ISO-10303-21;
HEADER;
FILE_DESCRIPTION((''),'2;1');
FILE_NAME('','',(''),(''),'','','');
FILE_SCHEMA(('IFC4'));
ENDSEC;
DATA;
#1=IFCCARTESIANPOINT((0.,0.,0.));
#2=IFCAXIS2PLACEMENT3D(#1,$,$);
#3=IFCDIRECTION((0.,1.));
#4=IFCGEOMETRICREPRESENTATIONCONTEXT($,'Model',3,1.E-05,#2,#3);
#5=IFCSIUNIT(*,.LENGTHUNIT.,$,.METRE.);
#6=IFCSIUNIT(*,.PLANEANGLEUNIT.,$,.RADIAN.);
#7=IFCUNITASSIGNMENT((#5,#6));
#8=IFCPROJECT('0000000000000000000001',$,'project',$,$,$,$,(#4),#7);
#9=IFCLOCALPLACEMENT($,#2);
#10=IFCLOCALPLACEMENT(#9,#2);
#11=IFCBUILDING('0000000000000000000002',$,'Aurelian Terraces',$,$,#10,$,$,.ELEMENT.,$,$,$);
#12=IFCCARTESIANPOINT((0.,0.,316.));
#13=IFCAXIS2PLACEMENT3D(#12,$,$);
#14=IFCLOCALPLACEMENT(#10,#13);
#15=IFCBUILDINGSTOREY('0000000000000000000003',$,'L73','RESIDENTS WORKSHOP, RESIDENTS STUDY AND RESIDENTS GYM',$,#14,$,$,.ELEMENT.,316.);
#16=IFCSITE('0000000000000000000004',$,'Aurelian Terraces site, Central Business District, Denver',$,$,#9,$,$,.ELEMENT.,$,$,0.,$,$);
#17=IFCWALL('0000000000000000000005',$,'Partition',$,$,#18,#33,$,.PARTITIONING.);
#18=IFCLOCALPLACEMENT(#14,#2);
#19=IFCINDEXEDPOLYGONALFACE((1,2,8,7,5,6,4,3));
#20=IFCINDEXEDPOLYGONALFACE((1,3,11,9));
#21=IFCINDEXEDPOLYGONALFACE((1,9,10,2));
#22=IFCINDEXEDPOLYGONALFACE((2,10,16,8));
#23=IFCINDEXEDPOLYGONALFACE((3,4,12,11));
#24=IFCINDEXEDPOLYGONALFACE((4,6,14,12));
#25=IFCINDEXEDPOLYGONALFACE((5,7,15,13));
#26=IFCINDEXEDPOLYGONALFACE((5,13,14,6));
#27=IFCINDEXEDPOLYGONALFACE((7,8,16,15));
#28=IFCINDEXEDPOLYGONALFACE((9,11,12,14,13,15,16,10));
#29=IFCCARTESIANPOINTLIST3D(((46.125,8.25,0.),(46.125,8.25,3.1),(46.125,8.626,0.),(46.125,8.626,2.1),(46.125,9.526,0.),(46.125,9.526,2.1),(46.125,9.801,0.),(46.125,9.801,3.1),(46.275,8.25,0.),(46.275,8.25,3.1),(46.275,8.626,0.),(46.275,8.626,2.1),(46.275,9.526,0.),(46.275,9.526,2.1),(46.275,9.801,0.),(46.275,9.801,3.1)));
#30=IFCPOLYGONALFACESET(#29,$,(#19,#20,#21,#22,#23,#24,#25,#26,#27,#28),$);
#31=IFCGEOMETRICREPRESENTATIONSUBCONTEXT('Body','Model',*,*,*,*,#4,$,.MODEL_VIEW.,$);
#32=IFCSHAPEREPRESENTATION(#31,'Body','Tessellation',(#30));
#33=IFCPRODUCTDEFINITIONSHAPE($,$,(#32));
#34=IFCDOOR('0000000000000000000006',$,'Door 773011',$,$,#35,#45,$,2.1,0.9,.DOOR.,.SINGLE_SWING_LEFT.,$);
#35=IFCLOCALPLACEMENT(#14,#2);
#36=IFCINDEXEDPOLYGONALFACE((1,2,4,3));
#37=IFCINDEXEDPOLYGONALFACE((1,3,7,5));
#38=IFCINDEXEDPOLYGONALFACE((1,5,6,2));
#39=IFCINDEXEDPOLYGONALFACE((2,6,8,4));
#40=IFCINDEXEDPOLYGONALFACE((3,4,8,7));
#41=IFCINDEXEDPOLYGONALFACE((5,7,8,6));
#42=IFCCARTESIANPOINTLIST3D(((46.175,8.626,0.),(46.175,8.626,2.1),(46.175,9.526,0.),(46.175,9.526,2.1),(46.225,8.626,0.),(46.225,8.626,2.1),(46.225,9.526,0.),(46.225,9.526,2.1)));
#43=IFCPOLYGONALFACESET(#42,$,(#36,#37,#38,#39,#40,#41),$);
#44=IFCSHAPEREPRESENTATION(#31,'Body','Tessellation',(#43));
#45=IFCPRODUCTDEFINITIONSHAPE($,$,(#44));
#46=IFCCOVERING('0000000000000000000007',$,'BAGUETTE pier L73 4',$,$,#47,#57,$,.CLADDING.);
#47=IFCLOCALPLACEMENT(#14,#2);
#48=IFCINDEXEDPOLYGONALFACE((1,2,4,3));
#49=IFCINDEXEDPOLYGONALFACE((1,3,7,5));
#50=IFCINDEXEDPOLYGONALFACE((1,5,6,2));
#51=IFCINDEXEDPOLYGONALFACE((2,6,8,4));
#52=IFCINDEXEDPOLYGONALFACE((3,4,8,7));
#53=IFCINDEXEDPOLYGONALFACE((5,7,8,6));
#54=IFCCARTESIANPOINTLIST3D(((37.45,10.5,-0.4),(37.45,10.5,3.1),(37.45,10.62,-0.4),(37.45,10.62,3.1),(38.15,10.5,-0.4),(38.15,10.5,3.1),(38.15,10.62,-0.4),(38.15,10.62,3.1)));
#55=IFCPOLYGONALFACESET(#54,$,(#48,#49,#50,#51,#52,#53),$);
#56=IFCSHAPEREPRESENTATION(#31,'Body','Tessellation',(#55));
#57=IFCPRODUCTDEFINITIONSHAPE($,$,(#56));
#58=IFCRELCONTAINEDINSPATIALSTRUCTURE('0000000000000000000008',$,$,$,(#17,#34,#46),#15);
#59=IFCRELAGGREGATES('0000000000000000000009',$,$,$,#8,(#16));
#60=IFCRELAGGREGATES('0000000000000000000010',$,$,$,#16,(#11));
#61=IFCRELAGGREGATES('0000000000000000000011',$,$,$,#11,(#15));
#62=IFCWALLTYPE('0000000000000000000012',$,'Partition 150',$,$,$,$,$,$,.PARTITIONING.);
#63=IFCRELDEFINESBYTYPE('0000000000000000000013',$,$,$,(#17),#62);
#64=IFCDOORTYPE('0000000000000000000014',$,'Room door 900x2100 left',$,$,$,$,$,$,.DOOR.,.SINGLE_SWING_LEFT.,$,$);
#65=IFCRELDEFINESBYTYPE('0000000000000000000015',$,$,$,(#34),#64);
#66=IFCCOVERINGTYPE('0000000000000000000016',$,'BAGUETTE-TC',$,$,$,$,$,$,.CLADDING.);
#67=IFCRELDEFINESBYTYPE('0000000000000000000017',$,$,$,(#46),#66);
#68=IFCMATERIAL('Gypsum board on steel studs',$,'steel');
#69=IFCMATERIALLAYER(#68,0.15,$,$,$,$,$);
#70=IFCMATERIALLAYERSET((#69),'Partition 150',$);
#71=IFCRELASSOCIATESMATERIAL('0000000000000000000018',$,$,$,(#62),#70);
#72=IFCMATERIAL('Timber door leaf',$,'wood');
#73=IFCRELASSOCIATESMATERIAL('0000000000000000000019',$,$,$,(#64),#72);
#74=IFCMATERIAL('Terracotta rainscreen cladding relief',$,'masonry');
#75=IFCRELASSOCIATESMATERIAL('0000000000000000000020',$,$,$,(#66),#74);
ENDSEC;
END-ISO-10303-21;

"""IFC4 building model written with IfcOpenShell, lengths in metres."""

from ifc_helpers import new_model, si_unit, direction, frame, frame_2d, origin, origin_2d, place, context, subcontext, project, spatial, rectangle, extrude, source, transform, mapped, material, layer, layer_set, type_object, element, fill, save


model = new_model("IFC4")

# Units and contexts
model_context = context("Model", 3, precision=1e-05, world=origin(), true_north=direction((0.0, 1.0)))
body_context = subcontext(model_context, "Body", "Model", "MODEL_VIEW")
ifc_project = project(units=[si_unit("LENGTHUNIT", "METRE"), si_unit("PLANEANGLEUNIT", "RADIAN")], contexts=[model_context])

# Site, building, storey
site_placement = place(None, origin())
site = spatial("IfcSite", under=ifc_project, at=site_placement, Name="Aurelian Terraces site, Central Business District, Denver", CompositionType="ELEMENT", RefElevation=0.0)
building_placement = place(site_placement, origin())
building = spatial("IfcBuilding", under=site, at=building_placement, Name="Aurelian Terraces", CompositionType="ELEMENT")
storey_placement = place(building_placement, frame((0.0, 0.0, 316.0)))
storey = spatial("IfcBuildingStorey", under=building, at=storey_placement, Name="L73", Description="RESIDENTS WORKSHOP, RESIDENTS STUDY AND RESIDENTS GYM", CompositionType="ELEMENT", Elevation=316.0)

# Shared definitions
ifc_material_1 = material(Name="Gypsum board on steel studs", Category="steel")
shared_shape_1 = source(origin(), body_context, "Body", "SweptSolid", [
    extrude(rectangle(XDim=0.9, YDim=2.1, at=frame_2d((0.45, 1.05))), frame((0.0, 0.025, 0.0), z_axis=(0.0, -1.0, 0.0), x_axis=(1.0, 0.0, 0.0)), (0.0, 0.0, 1.0), 0.05),
])
shared_shape_2 = source(origin(), body_context, "Body", "SweptSolid", [
    extrude(rectangle(XDim=0.9, YDim=2.1, at=frame_2d((0.45, 1.05))), frame((0.0, 0.085, 0.0), z_axis=(0.0, -1.0, 0.0), x_axis=(1.0, 0.0, 0.0)), (0.0, 0.0, 1.0), 0.17),
])

# Wall, opening, door
ifc_layer_1 = layer(ifc_material_1, 0.15)
ifc_layer_set_1 = layer_set([ifc_layer_1], Name="Partition 150")
wall_type_1 = type_object("IfcWallType", Name="Partition 150", PredefinedType="PARTITIONING", material=ifc_layer_set_1)
ifc_material_2 = material(Name="Timber door leaf", Category="wood")
door_type_1 = type_object("IfcDoorType", Name="Room door 900x2100 left", OperationType="SINGLE_SWING_LEFT", PredefinedType="DOOR", material=ifc_material_2)
shared_shape_3 = source(origin(), body_context, "Body", "SweptSolid", [
    extrude(rectangle(XDim=1.551, YDim=0.15, at=frame_2d((0.7755, 0.0))), origin(), (0.0, 0.0, 1.0), 3.1),
])
wall_1_placement = place(storey_placement, frame((46.2, 9.801, 0.0), z_axis=(0.0, 0.0, 1.0), x_axis=(0.0, -1.0, 0.0)))
wall_1 = element("IfcWall", 1, at=wall_1_placement, inside=storey, type_object=wall_type_1, Name="Partition", PredefinedType="PARTITIONING", context=body_context, shape_type="MappedRepresentation", body=[
    mapped(shared_shape_3, transform((0.0, 0.0, 0.0), scale=1.0)),
])
opening_1_placement = place(wall_1_placement, frame((0.275, 0.0, 0.0)))
opening_1 = element("IfcOpeningElement", 2, at=opening_1_placement, cuts=wall_1, PredefinedType="OPENING", context=body_context, shape_type="MappedRepresentation", body=[
    mapped(shared_shape_2, transform((0.0, 0.0, 0.0), scale=1.0)),
])
door_1_placement = place(opening_1_placement, origin())
door_1 = element("IfcDoor", 3, at=door_1_placement, inside=storey, type_object=door_type_1, Name="Door 773011", OperationType="SINGLE_SWING_LEFT", OverallHeight=2.1, OverallWidth=0.9, PredefinedType="DOOR", context=body_context, shape_type="MappedRepresentation", body=[
    mapped(shared_shape_1, transform((0.0, 0.0, 0.0), scale=1.0)),
])
fill(opening_1, door_1)

# Covering
ifc_material_3 = material(Name="Terracotta rainscreen cladding relief", Category="masonry")
covering_type = type_object("IfcCoveringType", Name="BAGUETTE-TC", PredefinedType="CLADDING", material=ifc_material_3)
shared_shape_4 = source(origin(), body_context, "Body", "SweptSolid", [
    extrude(rectangle(XDim=0.7, YDim=0.12, at=origin_2d()), origin(), (0.0, 0.0, 1.0), 3.5),
])
covering_placement = place(storey_placement, frame((37.8, 10.56, -0.4), z_axis=(0.0, 0.0, 1.0), x_axis=(1.0, 0.0, 0.0)))
element("IfcCovering", 4, at=covering_placement, inside=storey, type_object=covering_type, Name="BAGUETTE pier L73 4", PredefinedType="CLADDING", context=body_context, shape_type="MappedRepresentation", body=[
    mapped(shared_shape_4, transform((0.0, 0.0, 0.0), scale=1.0)),
])

save(model, "model.ifc")
